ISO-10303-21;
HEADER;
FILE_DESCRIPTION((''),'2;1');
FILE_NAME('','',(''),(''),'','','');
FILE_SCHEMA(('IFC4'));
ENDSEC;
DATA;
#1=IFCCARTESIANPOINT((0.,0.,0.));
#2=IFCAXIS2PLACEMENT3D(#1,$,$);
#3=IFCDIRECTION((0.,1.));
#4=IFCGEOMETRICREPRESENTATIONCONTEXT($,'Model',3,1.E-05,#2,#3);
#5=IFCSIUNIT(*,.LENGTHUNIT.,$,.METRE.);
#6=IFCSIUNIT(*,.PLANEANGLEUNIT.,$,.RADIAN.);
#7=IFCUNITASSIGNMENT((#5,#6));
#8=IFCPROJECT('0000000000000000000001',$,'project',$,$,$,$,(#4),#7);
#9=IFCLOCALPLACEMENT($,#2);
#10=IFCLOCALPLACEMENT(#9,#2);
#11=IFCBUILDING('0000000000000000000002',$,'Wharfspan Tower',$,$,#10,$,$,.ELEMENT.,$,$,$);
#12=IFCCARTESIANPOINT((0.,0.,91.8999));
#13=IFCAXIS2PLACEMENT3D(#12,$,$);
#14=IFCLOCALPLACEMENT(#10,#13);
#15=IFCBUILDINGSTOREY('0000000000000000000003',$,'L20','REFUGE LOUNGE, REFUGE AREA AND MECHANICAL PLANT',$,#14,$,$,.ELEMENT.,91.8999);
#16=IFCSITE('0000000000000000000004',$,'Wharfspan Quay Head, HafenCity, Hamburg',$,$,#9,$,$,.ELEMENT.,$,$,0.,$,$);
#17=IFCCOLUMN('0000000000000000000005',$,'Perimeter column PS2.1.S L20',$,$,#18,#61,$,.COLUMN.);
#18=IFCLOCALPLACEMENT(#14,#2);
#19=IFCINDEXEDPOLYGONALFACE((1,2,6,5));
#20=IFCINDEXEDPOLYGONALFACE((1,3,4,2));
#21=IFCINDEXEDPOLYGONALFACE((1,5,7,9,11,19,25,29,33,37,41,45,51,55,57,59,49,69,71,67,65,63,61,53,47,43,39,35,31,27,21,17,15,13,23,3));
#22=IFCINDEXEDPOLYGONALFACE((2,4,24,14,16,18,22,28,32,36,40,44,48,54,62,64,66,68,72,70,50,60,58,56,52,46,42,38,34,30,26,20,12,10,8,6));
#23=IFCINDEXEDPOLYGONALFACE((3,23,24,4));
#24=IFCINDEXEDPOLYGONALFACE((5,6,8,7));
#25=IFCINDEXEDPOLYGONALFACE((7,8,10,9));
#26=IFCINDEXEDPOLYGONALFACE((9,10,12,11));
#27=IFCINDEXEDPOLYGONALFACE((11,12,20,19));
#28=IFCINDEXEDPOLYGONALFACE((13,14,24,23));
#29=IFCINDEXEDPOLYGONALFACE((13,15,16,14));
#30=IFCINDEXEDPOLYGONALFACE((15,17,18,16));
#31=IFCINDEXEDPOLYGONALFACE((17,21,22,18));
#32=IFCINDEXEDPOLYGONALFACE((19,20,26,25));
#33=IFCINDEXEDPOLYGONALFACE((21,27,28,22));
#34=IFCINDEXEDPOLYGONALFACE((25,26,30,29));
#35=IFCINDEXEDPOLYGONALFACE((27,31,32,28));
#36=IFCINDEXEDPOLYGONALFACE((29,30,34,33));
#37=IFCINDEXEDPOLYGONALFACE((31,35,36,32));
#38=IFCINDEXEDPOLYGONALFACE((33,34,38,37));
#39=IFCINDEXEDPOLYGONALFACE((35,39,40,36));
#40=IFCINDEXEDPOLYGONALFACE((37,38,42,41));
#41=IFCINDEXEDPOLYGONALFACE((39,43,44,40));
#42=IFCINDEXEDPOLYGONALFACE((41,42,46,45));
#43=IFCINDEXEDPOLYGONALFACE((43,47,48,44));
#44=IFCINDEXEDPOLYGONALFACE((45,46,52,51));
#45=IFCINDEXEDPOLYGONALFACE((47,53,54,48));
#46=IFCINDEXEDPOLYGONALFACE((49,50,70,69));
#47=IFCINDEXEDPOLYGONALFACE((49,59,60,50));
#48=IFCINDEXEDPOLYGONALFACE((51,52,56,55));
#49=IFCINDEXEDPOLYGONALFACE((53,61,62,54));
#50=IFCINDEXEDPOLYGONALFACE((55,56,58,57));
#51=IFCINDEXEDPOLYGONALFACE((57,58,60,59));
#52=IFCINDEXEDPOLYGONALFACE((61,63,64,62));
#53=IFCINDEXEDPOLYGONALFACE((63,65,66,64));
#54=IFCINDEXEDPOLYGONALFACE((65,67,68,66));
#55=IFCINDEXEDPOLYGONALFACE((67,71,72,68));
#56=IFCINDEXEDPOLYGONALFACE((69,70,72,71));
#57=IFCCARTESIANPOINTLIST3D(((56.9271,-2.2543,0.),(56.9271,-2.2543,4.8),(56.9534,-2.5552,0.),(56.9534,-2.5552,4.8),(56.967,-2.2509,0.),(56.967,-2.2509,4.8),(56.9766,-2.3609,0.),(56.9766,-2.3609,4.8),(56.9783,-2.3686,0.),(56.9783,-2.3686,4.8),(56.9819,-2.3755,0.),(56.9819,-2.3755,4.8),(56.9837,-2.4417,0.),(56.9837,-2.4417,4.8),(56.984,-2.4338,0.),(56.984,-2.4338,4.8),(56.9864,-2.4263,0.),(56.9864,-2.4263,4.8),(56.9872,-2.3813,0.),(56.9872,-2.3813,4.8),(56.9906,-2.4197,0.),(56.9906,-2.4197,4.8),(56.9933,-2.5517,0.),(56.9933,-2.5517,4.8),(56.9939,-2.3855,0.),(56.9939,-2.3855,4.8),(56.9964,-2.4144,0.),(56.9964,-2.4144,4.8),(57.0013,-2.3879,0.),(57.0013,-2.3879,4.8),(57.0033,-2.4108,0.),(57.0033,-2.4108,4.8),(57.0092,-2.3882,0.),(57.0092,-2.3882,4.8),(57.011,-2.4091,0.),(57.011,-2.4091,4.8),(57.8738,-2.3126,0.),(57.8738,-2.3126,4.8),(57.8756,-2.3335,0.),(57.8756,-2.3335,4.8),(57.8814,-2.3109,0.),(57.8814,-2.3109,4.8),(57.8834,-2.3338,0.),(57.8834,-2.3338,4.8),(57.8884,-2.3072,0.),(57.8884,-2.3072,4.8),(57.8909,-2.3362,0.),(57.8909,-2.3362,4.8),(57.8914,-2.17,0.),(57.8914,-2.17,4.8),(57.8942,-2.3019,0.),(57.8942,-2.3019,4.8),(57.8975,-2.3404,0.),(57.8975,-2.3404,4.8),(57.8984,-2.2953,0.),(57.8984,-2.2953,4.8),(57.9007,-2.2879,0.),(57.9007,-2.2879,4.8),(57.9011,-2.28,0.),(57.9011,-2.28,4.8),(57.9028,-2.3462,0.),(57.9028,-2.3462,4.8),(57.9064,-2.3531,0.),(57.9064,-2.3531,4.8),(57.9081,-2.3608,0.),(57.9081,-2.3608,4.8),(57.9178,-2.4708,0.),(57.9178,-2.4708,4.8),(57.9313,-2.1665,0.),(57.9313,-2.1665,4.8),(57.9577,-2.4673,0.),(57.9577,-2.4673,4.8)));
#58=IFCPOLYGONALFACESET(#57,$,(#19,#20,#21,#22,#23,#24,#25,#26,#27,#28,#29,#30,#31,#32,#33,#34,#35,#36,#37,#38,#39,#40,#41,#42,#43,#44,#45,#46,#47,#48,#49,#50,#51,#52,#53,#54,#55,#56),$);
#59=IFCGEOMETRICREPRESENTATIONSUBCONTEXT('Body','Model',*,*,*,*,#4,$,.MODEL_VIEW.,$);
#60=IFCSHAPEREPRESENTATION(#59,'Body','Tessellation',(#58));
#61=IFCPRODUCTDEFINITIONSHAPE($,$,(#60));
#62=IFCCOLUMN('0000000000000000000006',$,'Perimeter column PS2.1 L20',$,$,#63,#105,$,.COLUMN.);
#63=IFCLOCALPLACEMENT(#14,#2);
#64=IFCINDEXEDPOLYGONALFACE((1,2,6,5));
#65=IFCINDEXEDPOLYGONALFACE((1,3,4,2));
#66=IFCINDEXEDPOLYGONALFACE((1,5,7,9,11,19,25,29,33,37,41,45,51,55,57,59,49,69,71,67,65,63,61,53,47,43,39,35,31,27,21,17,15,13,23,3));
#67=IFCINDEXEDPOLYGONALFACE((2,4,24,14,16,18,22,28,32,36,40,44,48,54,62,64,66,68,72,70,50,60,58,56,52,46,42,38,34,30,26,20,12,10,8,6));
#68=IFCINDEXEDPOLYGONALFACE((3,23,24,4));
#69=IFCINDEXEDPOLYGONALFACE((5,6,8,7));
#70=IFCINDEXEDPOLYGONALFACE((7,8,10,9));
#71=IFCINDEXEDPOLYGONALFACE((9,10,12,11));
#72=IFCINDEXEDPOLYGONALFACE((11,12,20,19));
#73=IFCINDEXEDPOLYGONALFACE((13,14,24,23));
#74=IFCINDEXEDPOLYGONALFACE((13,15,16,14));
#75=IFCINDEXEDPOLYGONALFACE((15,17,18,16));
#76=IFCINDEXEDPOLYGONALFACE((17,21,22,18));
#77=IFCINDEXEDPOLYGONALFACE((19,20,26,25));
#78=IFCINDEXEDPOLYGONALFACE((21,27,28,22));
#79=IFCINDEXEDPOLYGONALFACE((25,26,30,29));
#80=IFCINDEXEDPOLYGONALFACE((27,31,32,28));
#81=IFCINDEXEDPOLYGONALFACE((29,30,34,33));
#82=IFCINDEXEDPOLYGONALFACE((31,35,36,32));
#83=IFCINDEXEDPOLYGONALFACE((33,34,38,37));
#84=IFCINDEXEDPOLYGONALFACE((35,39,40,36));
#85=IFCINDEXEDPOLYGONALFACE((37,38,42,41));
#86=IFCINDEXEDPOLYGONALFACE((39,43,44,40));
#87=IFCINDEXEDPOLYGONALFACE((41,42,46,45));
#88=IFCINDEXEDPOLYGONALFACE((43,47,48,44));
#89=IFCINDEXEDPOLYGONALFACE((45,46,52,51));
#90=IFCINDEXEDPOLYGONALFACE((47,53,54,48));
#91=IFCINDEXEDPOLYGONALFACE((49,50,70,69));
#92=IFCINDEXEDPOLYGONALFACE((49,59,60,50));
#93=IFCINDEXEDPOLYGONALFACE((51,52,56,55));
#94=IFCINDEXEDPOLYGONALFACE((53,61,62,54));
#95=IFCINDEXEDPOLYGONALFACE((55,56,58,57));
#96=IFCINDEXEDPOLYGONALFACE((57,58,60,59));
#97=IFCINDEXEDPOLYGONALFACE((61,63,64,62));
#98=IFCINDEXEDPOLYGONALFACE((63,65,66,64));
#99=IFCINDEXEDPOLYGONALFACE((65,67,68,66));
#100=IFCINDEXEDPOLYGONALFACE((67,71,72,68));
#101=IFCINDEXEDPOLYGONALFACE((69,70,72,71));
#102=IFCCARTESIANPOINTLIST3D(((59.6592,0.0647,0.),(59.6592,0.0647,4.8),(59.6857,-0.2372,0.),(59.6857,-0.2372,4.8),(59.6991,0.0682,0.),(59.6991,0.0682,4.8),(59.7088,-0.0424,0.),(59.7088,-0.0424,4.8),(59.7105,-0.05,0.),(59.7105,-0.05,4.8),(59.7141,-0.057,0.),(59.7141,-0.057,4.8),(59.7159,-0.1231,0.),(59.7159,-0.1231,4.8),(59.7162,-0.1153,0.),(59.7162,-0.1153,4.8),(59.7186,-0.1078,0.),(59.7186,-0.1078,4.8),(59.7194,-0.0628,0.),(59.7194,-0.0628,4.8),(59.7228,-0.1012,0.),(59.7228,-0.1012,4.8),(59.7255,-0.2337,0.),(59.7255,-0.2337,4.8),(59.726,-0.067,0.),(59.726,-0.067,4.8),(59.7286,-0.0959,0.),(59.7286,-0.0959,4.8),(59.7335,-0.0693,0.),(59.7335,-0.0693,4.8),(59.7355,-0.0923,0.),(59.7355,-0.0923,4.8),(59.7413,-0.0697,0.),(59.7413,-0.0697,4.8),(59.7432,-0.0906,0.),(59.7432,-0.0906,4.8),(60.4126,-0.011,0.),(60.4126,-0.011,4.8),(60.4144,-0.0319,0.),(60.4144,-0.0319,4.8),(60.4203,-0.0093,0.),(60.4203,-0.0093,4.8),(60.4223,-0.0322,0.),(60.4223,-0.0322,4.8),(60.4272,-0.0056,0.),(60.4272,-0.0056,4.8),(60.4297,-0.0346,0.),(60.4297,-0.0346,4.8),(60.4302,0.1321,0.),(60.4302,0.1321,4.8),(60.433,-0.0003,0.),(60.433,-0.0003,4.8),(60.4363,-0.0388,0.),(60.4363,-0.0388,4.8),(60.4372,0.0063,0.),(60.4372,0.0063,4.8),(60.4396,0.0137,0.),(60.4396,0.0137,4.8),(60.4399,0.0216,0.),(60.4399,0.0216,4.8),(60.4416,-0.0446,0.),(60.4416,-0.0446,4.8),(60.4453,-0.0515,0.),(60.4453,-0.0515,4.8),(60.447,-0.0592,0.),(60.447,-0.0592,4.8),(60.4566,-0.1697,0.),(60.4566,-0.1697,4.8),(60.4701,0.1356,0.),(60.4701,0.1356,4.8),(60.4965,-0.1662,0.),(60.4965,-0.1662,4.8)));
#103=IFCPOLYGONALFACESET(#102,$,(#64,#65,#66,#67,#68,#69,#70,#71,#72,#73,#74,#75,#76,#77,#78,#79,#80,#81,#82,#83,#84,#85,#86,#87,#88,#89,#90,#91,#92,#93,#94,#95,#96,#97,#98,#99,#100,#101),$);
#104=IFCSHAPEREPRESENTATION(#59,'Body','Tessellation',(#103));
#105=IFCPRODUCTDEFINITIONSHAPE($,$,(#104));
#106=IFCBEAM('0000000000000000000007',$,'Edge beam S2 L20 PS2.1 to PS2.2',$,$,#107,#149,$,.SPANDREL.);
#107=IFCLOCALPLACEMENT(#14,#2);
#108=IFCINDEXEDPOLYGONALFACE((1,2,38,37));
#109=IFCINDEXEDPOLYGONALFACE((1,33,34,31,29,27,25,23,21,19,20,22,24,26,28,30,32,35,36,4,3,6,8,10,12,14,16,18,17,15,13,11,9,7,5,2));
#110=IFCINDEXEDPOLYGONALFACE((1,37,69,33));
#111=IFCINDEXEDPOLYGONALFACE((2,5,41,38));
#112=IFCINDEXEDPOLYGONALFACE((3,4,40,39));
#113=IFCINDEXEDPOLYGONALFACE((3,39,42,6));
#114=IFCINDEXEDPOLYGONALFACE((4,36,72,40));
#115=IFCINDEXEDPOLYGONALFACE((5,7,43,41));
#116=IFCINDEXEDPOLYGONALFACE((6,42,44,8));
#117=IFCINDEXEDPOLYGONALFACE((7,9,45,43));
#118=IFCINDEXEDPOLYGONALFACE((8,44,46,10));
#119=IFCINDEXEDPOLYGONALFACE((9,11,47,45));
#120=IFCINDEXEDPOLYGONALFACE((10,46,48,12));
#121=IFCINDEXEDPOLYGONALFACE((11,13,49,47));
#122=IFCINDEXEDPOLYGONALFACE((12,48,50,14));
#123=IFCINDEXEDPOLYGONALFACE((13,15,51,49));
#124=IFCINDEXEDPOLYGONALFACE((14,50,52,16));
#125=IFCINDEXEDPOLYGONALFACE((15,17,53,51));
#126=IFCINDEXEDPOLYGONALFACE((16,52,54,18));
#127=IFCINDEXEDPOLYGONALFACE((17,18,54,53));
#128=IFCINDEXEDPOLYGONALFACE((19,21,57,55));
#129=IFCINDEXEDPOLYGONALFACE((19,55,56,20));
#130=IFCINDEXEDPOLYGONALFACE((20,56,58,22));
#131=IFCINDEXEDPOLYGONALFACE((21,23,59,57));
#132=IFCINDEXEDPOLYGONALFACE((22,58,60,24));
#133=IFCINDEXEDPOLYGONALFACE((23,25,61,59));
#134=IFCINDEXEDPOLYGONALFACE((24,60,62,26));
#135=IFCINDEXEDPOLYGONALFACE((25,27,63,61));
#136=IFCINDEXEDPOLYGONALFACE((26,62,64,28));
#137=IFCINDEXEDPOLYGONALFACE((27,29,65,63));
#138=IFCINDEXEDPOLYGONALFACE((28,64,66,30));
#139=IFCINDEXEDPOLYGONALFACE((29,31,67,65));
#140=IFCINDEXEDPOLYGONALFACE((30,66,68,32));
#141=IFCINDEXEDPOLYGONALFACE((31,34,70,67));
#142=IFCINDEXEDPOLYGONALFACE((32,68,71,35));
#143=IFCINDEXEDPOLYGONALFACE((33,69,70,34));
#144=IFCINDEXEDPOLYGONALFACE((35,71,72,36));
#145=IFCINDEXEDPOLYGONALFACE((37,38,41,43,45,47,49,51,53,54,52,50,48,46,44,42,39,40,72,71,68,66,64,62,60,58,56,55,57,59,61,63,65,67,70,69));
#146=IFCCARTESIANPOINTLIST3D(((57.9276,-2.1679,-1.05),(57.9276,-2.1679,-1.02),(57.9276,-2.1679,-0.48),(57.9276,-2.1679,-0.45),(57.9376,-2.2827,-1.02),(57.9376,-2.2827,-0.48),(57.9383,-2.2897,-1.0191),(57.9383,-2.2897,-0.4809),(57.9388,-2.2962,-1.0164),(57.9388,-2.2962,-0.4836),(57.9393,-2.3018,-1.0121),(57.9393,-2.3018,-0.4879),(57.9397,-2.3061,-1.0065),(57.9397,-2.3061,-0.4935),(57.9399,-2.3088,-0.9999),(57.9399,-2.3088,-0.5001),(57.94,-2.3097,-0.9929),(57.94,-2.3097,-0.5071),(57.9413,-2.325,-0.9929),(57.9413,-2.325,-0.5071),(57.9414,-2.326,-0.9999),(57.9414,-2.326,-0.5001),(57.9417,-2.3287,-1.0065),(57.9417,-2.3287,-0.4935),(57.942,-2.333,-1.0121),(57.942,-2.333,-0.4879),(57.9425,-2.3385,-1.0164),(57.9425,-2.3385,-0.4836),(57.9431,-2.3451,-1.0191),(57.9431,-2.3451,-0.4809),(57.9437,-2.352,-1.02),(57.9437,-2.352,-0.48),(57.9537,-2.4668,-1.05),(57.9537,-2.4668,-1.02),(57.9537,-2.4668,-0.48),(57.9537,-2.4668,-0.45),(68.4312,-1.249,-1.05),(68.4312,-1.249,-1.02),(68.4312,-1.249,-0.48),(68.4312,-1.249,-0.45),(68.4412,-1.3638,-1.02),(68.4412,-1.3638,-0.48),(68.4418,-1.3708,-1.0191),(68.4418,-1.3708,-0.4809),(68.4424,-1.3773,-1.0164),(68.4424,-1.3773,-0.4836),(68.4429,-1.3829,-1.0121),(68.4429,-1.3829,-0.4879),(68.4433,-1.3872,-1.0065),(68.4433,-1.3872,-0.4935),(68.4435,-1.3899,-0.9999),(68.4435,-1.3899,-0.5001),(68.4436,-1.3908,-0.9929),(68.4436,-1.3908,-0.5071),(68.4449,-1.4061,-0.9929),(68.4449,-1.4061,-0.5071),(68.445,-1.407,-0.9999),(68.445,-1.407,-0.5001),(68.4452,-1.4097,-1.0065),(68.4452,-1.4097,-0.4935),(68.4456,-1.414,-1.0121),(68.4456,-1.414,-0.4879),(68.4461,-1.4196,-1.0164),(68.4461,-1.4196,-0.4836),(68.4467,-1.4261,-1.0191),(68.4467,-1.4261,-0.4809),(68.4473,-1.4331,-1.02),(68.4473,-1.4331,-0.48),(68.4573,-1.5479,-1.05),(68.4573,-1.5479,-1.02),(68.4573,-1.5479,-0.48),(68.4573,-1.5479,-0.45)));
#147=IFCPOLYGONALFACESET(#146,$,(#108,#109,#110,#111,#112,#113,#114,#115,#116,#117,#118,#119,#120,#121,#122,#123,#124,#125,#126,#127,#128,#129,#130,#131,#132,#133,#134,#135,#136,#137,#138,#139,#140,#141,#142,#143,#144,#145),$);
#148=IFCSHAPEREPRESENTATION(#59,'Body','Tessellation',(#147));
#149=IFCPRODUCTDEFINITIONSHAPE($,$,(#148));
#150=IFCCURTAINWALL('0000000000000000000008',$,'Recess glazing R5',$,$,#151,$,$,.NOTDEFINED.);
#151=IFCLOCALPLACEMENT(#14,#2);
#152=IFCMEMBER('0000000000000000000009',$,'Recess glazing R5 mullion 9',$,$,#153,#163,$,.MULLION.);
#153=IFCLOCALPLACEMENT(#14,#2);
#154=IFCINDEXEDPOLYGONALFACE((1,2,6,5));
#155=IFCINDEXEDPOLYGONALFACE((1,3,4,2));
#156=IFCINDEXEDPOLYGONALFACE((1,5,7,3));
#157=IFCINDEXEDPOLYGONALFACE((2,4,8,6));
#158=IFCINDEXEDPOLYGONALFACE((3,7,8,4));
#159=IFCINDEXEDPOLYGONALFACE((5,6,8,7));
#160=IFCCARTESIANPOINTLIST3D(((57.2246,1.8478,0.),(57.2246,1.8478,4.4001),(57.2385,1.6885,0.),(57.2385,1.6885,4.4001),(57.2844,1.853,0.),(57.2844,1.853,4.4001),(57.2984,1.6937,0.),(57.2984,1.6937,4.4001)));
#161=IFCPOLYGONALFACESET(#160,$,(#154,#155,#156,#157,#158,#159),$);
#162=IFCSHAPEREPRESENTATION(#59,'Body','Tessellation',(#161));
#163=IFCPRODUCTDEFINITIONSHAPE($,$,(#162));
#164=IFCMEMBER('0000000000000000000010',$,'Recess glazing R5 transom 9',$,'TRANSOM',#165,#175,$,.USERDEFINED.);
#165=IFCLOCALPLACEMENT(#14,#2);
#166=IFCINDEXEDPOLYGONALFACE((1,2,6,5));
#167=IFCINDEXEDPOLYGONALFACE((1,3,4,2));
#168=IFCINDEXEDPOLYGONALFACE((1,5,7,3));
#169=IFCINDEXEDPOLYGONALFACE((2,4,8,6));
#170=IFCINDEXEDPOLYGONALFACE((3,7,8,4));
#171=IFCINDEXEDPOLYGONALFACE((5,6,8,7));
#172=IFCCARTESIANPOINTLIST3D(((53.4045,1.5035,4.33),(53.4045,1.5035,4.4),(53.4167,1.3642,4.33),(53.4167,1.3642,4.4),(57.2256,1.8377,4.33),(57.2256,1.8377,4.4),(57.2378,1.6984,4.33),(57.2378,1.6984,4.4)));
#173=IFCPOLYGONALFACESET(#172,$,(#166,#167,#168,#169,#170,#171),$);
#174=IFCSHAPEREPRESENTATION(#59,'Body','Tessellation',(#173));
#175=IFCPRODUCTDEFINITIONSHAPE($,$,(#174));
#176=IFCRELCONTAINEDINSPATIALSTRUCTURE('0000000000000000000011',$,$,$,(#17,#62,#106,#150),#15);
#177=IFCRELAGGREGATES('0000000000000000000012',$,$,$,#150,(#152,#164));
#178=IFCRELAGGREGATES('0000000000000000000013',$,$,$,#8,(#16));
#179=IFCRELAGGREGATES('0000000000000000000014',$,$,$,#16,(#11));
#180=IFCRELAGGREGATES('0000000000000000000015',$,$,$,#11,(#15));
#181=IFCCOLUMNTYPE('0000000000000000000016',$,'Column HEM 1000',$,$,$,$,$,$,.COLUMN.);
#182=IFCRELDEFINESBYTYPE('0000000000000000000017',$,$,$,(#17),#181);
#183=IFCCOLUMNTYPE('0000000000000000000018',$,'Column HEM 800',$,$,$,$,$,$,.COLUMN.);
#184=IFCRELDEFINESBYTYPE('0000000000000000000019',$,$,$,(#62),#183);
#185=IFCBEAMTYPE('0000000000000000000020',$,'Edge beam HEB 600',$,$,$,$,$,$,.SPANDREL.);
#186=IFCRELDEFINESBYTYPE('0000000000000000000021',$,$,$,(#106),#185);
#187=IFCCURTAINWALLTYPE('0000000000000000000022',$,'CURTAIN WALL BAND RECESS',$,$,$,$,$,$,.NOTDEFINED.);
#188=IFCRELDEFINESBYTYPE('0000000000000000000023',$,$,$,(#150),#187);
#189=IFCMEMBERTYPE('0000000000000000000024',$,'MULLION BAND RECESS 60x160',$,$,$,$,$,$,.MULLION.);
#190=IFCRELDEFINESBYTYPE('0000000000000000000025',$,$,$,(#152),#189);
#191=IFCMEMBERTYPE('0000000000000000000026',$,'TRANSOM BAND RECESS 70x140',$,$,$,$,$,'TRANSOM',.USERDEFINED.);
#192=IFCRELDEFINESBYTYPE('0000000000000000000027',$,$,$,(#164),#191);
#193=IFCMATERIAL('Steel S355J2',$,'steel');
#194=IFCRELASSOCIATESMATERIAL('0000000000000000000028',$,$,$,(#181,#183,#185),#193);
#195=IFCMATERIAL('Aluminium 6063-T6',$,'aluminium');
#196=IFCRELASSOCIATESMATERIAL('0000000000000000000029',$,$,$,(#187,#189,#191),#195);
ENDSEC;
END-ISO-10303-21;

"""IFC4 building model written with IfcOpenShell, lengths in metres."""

from ifc_helpers import new_model, si_unit, direction, frame, origin, origin_2d, place, context, subcontext, project, spatial, rectangle, i_section, extrude, material, material_profile, profile_set, type_object, element, aggregate, save


model = new_model("IFC4")

# Units and contexts
model_context = context("Model", 3, precision=1e-05, world=origin(), true_north=direction((0.0, 1.0)))
body_context = subcontext(model_context, "Body", "Model", "MODEL_VIEW")
ifc_project = project(units=[si_unit("LENGTHUNIT", "METRE"), si_unit("PLANEANGLEUNIT", "RADIAN")], contexts=[model_context])

# Site, building, storey
site_placement = place(None, origin())
site = spatial("IfcSite", under=ifc_project, at=site_placement, Name="Wharfspan Quay Head, HafenCity, Hamburg", CompositionType="ELEMENT", RefElevation=0.0)
building_placement = place(site_placement, origin())
building = spatial("IfcBuilding", under=site, at=building_placement, Name="Wharfspan Tower", CompositionType="ELEMENT")
storey_placement = place(building_placement, frame((0.0, 0.0, 91.8999)))
storey = spatial("IfcBuildingStorey", under=building, at=storey_placement, Name="L20", Description="REFUGE LOUNGE, REFUGE AREA AND MECHANICAL PLANT", CompositionType="ELEMENT", Elevation=91.8999)

# Columns
ifc_material_1 = material(Name="Steel S355J2", Category="steel")
ifc_material_profile_1 = material_profile(ifc_material_1, i_section(OverallWidth=0.302, OverallDepth=1.0081, WebThickness=0.021, FlangeThickness=0.04, FilletRadius=0.03, at=origin_2d()))
ifc_profile_set_1 = profile_set([ifc_material_profile_1], Name="Steel S355J2")
column_type_1 = type_object("IfcColumnType", Name="Column HEM 1000", PredefinedType="COLUMN", material=ifc_profile_set_1)
column_1_placement = place(storey_placement, frame((57.4424, -2.3608, 0.0), z_axis=(0.0, 0.0, 1.0), x_axis=(0.087156, -0.996198, 0.0)))
element("IfcColumn", 1, at=column_1_placement, inside=storey, type_object=column_type_1, Name="Perimeter column PS2.1.S L20", PredefinedType="COLUMN", context=body_context, shape_type="SweptSolid", body=[
    extrude(i_section(OverallWidth=0.302, OverallDepth=1.0081, WebThickness=0.021, FlangeThickness=0.04, FilletRadius=0.03, at=origin_2d()), origin(), (0.0, 0.0, 1.0), 4.8),
])
ifc_material_profile_2 = material_profile(ifc_material_1, i_section(OverallWidth=0.303, OverallDepth=0.814, WebThickness=0.021, FlangeThickness=0.04, FilletRadius=0.03, at=origin_2d()))
ifc_profile_set_2 = profile_set([ifc_material_profile_2], Name="Steel S355J2")
column_type_2 = type_object("IfcColumnType", Name="Column HEM 800", PredefinedType="COLUMN", material=ifc_profile_set_2)
column_2_placement = place(storey_placement, frame((60.0779, -0.0508, 0.0), z_axis=(0.0, 0.0, 1.0), x_axis=(0.087156, -0.996198, 0.0)))
element("IfcColumn", 2, at=column_2_placement, inside=storey, type_object=column_type_2, Name="Perimeter column PS2.1 L20", PredefinedType="COLUMN", context=body_context, shape_type="SweptSolid", body=[
    extrude(i_section(OverallWidth=0.303, OverallDepth=0.814, WebThickness=0.021, FlangeThickness=0.04, FilletRadius=0.03, at=origin_2d()), origin(), (0.0, 0.0, 1.0), 4.8),
])

# Beam
ifc_material_profile_3 = material_profile(ifc_material_1, i_section(OverallWidth=0.3, OverallDepth=0.6001, WebThickness=0.0154, FlangeThickness=0.03, FilletRadius=0.0271, at=origin_2d()))
ifc_profile_set_3 = profile_set([ifc_material_profile_3], Name="Steel S355J2")
beam_type = type_object("IfcBeamType", Name="Edge beam HEB 600", PredefinedType="SPANDREL", material=ifc_profile_set_3)
beam_placement = place(storey_placement, frame((57.9407, -2.3174, -0.75), z_axis=(0.996195, 0.087155, 0.0), x_axis=(-0.087155, 0.996195, 0.0)))
element("IfcBeam", 3, at=beam_placement, inside=storey, type_object=beam_type, Name="Edge beam S2 L20 PS2.1 to PS2.2", PredefinedType="SPANDREL", context=body_context, shape_type="SweptSolid", body=[
    extrude(i_section(OverallWidth=0.3, OverallDepth=0.6001, WebThickness=0.0154, FlangeThickness=0.03, FilletRadius=0.0271, at=origin_2d()), origin(), (0.0, 0.0, 1.0), 10.5437),
])

# Curtain wall, members
ifc_material_2 = material(Name="Aluminium 6063-T6", Category="aluminium")
curtain_wall_type = type_object("IfcCurtainWallType", Name="CURTAIN WALL BAND RECESS", PredefinedType="NOTDEFINED", material=ifc_material_2)
curtain_wall_placement = place(storey_placement, origin())
curtain_wall = element("IfcCurtainWall", 4, at=curtain_wall_placement, inside=storey, type_object=curtain_wall_type, Name="Recess glazing R5", PredefinedType="NOTDEFINED")
ifc_material_profile_4 = material_profile(ifc_material_2, rectangle(XDim=0.1599, YDim=0.0601, at=origin_2d()))
ifc_profile_set_4 = profile_set([ifc_material_profile_4], Name="Aluminium 6063-T6")
member_type_1 = type_object("IfcMemberType", Name="MULLION BAND RECESS 60x160", PredefinedType="MULLION", material=ifc_profile_set_4)
member_1_placement = place(storey_placement, frame((57.2615, 1.7708, 0.0), z_axis=(0.0, 0.0, 1.0), x_axis=(0.087156, -0.996198, 0.0)))
member_1 = element("IfcMember", 5, at=member_1_placement, type_object=member_type_1, Name="Recess glazing R5 mullion 9", PredefinedType="MULLION", context=body_context, shape_type="SweptSolid", body=[
    extrude(rectangle(XDim=0.1599, YDim=0.0601, at=origin_2d()), origin(), (0.0, 0.0, 1.0), 4.4001),
])
ifc_material_profile_5 = material_profile(ifc_material_2, rectangle(XDim=0.1399, YDim=0.0701, at=origin_2d()))
ifc_profile_set_5 = profile_set([ifc_material_profile_5], Name="Aluminium 6063-T6")
member_type_2 = type_object("IfcMemberType", Name="TRANSOM BAND RECESS 70x140", ElementType="TRANSOM", PredefinedType="USERDEFINED", material=ifc_profile_set_5)
member_2_placement = place(storey_placement, frame((57.2317, 1.7681, 4.365), z_axis=(-0.996196, -0.087138, 0.0), x_axis=(0.087138, -0.996196, 0.0)))
member_2 = element("IfcMember", 6, at=member_2_placement, type_object=member_type_2, Name="Recess glazing R5 transom 9", ObjectType="TRANSOM", PredefinedType="USERDEFINED", context=body_context, shape_type="SweptSolid", body=[
    extrude(rectangle(XDim=0.1399, YDim=0.0701, at=origin_2d()), origin(), (0.0, 0.0, 1.0), 3.8357),
])

aggregate(curtain_wall, [member_1, member_2])

save(model, "model.ifc")
